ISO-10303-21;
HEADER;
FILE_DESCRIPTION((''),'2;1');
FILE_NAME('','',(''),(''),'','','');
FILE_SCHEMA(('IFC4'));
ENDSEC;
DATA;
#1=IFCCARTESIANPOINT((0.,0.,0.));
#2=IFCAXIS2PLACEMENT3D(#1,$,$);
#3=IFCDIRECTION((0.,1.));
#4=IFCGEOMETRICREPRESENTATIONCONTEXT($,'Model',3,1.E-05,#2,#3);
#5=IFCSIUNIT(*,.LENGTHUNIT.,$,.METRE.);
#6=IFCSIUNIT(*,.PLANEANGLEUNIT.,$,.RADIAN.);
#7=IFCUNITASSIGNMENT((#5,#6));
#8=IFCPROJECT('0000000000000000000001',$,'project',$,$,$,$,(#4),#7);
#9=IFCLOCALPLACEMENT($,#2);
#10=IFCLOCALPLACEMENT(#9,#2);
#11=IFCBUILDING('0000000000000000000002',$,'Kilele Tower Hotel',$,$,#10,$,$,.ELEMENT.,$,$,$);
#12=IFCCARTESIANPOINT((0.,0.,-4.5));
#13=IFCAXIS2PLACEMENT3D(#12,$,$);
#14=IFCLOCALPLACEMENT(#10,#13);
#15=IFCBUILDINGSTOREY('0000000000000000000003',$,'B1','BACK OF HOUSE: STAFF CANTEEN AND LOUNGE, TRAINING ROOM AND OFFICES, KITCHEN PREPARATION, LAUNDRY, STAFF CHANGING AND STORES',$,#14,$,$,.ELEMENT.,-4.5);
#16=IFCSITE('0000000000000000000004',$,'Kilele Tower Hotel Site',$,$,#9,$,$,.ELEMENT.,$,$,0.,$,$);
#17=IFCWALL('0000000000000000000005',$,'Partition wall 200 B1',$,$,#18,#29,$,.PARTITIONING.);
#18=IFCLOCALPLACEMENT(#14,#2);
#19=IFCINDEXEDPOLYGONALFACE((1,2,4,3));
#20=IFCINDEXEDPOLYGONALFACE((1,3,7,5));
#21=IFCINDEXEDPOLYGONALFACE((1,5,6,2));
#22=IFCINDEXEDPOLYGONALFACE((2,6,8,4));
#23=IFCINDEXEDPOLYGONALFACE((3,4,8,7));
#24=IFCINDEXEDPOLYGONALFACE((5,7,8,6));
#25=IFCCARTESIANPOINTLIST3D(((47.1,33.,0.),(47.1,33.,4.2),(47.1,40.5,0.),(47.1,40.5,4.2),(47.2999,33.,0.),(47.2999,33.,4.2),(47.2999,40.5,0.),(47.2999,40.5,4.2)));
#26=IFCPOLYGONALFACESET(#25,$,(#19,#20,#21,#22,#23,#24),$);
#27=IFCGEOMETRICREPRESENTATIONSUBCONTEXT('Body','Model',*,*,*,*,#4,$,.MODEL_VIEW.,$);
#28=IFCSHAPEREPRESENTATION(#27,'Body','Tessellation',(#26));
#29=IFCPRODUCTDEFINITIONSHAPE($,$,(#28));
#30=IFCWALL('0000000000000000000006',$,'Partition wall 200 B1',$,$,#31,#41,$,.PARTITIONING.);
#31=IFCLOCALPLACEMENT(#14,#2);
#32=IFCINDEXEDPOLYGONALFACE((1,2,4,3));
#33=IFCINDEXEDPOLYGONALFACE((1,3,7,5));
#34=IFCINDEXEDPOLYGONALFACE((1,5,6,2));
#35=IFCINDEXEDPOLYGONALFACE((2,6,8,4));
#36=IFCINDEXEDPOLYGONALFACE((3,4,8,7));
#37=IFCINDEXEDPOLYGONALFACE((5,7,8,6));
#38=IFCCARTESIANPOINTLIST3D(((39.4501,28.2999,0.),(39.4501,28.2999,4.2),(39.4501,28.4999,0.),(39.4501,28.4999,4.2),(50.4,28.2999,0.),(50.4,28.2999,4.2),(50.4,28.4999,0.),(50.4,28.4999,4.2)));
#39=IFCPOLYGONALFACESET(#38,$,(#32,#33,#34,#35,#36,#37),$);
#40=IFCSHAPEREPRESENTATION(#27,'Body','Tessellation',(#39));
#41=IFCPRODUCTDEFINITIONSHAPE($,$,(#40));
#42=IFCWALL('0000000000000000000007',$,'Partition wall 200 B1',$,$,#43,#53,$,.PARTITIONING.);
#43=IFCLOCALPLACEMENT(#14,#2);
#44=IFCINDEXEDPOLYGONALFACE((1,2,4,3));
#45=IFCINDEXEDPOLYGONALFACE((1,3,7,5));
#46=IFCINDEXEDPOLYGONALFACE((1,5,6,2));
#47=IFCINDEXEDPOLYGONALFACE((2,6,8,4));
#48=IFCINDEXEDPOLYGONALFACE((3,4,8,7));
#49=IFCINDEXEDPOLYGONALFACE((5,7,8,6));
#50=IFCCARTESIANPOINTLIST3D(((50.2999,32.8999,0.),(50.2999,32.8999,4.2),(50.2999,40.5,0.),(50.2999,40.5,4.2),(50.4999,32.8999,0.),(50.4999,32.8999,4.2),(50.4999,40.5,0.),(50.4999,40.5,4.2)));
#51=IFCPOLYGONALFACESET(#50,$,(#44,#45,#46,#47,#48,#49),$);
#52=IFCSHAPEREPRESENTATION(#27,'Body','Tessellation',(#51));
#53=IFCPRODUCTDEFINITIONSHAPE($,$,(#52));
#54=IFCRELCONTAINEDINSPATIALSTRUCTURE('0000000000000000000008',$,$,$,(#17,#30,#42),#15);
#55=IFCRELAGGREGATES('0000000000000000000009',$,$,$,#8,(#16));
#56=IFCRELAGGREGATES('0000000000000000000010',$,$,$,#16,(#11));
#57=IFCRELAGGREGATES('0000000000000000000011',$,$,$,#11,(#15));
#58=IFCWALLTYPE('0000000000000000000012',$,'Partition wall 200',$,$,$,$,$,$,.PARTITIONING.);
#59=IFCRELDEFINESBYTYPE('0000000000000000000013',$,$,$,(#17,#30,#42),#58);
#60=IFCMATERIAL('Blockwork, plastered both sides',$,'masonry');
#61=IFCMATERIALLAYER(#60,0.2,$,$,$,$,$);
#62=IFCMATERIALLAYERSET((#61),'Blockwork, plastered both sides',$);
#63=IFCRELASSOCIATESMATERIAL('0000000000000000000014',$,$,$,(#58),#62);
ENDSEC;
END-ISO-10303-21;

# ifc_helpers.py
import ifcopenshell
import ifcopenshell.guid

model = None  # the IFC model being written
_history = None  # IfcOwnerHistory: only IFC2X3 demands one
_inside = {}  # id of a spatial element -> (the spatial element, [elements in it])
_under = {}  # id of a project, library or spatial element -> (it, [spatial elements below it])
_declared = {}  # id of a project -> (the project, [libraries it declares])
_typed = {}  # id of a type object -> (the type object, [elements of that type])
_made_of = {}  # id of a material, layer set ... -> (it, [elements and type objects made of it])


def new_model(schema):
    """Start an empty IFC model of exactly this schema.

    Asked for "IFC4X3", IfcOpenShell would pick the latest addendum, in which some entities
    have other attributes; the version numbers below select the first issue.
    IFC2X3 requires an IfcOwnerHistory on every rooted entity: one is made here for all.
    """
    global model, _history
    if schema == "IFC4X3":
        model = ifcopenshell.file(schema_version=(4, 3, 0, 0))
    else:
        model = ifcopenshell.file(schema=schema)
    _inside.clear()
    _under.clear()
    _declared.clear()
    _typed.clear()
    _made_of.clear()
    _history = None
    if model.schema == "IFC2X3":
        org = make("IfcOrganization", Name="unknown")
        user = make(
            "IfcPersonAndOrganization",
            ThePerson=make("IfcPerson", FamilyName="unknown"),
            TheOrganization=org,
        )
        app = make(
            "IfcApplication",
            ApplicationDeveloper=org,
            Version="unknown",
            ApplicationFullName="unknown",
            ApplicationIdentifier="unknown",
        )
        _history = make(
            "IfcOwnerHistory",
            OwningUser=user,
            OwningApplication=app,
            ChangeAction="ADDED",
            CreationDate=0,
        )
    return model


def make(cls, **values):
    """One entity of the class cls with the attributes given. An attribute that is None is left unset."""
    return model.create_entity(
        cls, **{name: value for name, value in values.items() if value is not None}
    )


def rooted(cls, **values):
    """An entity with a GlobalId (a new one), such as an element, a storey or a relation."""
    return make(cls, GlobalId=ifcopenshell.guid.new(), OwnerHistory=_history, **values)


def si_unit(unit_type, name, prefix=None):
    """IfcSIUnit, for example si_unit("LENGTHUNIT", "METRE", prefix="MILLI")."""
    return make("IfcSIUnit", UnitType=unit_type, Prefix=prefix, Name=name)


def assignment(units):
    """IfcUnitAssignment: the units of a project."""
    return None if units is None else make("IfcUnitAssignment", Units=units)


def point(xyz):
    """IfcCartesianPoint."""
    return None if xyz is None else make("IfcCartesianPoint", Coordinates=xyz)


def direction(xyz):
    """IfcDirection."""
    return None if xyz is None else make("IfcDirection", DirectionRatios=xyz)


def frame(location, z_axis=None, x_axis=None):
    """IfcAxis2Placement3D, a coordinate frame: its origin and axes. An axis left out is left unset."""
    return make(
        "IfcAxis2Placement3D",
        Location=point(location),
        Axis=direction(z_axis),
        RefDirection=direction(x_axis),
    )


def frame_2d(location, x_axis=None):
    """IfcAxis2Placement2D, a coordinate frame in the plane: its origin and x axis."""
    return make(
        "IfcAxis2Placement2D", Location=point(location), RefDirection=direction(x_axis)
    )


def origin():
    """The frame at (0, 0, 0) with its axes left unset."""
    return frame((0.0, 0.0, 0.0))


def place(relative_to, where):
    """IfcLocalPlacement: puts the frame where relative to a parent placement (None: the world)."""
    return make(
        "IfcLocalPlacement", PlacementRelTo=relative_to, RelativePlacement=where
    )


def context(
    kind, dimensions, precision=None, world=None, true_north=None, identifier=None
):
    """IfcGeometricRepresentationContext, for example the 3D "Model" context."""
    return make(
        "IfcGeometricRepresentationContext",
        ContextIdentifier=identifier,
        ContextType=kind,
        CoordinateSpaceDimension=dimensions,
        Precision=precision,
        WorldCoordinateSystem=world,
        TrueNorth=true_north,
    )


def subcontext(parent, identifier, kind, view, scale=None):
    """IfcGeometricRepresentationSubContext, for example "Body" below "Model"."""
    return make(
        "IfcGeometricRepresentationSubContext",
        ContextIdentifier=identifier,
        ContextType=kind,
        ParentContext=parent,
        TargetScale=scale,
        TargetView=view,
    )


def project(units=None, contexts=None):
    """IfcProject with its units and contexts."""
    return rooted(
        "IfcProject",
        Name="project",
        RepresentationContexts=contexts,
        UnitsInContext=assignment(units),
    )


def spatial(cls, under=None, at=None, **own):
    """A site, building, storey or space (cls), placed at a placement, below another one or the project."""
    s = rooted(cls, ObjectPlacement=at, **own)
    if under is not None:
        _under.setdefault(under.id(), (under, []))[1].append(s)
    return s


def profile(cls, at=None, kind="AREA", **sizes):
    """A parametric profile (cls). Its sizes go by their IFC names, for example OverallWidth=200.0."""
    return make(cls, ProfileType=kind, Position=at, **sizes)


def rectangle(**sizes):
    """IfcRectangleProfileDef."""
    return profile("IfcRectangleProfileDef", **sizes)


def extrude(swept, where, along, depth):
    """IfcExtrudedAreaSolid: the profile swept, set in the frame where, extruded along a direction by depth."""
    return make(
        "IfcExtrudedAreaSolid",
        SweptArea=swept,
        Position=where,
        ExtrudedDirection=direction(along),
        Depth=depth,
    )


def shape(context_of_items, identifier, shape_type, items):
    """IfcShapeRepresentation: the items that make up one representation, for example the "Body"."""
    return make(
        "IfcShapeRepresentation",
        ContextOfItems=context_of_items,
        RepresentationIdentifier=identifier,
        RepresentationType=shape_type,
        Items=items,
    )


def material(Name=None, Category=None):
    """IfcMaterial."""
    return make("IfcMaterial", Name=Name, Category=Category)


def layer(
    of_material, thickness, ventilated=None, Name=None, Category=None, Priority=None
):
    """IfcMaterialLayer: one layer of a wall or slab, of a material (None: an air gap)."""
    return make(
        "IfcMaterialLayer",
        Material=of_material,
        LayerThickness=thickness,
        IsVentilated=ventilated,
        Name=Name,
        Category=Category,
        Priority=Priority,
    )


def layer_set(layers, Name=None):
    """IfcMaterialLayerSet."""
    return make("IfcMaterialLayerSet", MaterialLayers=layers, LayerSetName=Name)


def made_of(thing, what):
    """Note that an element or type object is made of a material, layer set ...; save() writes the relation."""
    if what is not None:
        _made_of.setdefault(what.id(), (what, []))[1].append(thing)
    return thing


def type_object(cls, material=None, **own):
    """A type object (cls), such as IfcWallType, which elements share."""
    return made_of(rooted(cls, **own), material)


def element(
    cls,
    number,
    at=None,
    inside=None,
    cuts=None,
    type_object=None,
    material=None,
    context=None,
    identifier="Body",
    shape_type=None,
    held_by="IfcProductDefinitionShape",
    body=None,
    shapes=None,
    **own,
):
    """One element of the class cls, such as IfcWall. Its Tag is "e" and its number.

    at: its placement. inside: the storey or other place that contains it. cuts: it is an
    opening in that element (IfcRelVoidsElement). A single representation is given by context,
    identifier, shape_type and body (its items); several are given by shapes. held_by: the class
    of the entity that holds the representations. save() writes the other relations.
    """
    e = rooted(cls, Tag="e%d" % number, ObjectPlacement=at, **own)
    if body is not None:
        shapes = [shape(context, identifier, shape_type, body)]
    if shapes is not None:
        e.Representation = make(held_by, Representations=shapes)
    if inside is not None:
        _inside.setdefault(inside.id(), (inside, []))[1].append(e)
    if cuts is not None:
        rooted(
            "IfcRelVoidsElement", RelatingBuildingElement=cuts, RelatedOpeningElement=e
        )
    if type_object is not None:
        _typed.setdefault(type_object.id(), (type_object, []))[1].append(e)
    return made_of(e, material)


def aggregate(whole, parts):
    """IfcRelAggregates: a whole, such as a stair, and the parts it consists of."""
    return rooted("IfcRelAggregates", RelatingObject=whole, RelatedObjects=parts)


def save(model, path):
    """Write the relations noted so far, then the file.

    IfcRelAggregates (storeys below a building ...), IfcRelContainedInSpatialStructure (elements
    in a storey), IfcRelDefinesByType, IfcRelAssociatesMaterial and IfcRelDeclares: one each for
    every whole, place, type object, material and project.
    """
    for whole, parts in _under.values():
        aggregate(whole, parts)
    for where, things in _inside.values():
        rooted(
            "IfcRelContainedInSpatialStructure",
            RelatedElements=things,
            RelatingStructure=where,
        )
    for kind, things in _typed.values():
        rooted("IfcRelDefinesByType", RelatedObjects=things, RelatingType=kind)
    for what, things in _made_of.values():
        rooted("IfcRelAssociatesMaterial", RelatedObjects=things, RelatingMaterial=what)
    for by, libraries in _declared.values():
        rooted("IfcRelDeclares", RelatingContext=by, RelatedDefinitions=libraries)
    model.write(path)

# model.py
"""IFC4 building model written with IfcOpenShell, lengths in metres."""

from ifc_helpers import new_model, si_unit, direction, frame, frame_2d, origin, place, context, subcontext, project, spatial, rectangle, extrude, material, layer, layer_set, type_object, element, save


model = new_model("IFC4")

# Units and contexts
model_context = context("Model", 3, precision=1e-05, world=origin(), true_north=direction((0.0, 1.0)))
body_context = subcontext(model_context, "Body", "Model", "MODEL_VIEW")
ifc_project = project(units=[si_unit("LENGTHUNIT", "METRE"), si_unit("PLANEANGLEUNIT", "RADIAN")], contexts=[model_context])

# Site, building, storey
site_placement = place(None, origin())
site = spatial("IfcSite", under=ifc_project, at=site_placement, Name="Kilele Tower Hotel Site", CompositionType="ELEMENT", RefElevation=0.0)
building_placement = place(site_placement, origin())
building = spatial("IfcBuilding", under=site, at=building_placement, Name="Kilele Tower Hotel", CompositionType="ELEMENT")
storey_placement = place(building_placement, frame((0.0, 0.0, -4.5)))
storey = spatial("IfcBuildingStorey", under=building, at=storey_placement, Name="B1", Description="BACK OF HOUSE: STAFF CANTEEN AND LOUNGE, TRAINING ROOM AND OFFICES, KITCHEN PREPARATION, LAUNDRY, STAFF CHANGING AND STORES", CompositionType="ELEMENT", Elevation=-4.5)

# Walls
ifc_material_1 = material(Name="Blockwork, plastered both sides", Category="masonry")
ifc_layer_1 = layer(ifc_material_1, 0.2)
ifc_layer_set_1 = layer_set([ifc_layer_1], Name="Blockwork, plastered both sides")
wall_type_1 = type_object("IfcWallType", Name="Partition wall 200", PredefinedType="PARTITIONING", material=ifc_layer_set_1)
wall_1_placement = place(storey_placement, frame((47.2, 33.0, 0.0), z_axis=(0.0, 0.0, 1.0), x_axis=(0.0, 1.0, 0.0)))
element("IfcWall", 1, at=wall_1_placement, inside=storey, type_object=wall_type_1, Name="Partition wall 200 B1", PredefinedType="PARTITIONING", context=body_context, shape_type="SweptSolid", body=[
    extrude(rectangle(XDim=7.5, YDim=0.2, at=frame_2d((3.75, 0.0))), origin(), (0.0, 0.0, 1.0), 4.2),
])
wall_2_placement = place(storey_placement, frame((39.45, 28.3999, 0.0), z_axis=(0.0, 0.0, 1.0), x_axis=(1.0, 0.0, 0.0)))
element("IfcWall", 2, at=wall_2_placement, inside=storey, type_object=wall_type_1, Name="Partition wall 200 B1", PredefinedType="PARTITIONING", context=body_context, shape_type="SweptSolid", body=[
    extrude(rectangle(XDim=10.95, YDim=0.2, at=frame_2d((5.4751, 0.0))), origin(), (0.0, 0.0, 1.0), 4.2),
])
wall_3_placement = place(storey_placement, frame((50.3999, 32.8999, 0.0), z_axis=(0.0, 0.0, 1.0), x_axis=(0.0, 1.0, 0.0)))
element("IfcWall", 3, at=wall_3_placement, inside=storey, type_object=wall_type_1, Name="Partition wall 200 B1", PredefinedType="PARTITIONING", context=body_context, shape_type="SweptSolid", body=[
    extrude(rectangle(XDim=7.6001, YDim=0.2, at=frame_2d((3.8, 0.0))), origin(), (0.0, 0.0, 1.0), 4.2),
])

save(model, "model.ifc")
